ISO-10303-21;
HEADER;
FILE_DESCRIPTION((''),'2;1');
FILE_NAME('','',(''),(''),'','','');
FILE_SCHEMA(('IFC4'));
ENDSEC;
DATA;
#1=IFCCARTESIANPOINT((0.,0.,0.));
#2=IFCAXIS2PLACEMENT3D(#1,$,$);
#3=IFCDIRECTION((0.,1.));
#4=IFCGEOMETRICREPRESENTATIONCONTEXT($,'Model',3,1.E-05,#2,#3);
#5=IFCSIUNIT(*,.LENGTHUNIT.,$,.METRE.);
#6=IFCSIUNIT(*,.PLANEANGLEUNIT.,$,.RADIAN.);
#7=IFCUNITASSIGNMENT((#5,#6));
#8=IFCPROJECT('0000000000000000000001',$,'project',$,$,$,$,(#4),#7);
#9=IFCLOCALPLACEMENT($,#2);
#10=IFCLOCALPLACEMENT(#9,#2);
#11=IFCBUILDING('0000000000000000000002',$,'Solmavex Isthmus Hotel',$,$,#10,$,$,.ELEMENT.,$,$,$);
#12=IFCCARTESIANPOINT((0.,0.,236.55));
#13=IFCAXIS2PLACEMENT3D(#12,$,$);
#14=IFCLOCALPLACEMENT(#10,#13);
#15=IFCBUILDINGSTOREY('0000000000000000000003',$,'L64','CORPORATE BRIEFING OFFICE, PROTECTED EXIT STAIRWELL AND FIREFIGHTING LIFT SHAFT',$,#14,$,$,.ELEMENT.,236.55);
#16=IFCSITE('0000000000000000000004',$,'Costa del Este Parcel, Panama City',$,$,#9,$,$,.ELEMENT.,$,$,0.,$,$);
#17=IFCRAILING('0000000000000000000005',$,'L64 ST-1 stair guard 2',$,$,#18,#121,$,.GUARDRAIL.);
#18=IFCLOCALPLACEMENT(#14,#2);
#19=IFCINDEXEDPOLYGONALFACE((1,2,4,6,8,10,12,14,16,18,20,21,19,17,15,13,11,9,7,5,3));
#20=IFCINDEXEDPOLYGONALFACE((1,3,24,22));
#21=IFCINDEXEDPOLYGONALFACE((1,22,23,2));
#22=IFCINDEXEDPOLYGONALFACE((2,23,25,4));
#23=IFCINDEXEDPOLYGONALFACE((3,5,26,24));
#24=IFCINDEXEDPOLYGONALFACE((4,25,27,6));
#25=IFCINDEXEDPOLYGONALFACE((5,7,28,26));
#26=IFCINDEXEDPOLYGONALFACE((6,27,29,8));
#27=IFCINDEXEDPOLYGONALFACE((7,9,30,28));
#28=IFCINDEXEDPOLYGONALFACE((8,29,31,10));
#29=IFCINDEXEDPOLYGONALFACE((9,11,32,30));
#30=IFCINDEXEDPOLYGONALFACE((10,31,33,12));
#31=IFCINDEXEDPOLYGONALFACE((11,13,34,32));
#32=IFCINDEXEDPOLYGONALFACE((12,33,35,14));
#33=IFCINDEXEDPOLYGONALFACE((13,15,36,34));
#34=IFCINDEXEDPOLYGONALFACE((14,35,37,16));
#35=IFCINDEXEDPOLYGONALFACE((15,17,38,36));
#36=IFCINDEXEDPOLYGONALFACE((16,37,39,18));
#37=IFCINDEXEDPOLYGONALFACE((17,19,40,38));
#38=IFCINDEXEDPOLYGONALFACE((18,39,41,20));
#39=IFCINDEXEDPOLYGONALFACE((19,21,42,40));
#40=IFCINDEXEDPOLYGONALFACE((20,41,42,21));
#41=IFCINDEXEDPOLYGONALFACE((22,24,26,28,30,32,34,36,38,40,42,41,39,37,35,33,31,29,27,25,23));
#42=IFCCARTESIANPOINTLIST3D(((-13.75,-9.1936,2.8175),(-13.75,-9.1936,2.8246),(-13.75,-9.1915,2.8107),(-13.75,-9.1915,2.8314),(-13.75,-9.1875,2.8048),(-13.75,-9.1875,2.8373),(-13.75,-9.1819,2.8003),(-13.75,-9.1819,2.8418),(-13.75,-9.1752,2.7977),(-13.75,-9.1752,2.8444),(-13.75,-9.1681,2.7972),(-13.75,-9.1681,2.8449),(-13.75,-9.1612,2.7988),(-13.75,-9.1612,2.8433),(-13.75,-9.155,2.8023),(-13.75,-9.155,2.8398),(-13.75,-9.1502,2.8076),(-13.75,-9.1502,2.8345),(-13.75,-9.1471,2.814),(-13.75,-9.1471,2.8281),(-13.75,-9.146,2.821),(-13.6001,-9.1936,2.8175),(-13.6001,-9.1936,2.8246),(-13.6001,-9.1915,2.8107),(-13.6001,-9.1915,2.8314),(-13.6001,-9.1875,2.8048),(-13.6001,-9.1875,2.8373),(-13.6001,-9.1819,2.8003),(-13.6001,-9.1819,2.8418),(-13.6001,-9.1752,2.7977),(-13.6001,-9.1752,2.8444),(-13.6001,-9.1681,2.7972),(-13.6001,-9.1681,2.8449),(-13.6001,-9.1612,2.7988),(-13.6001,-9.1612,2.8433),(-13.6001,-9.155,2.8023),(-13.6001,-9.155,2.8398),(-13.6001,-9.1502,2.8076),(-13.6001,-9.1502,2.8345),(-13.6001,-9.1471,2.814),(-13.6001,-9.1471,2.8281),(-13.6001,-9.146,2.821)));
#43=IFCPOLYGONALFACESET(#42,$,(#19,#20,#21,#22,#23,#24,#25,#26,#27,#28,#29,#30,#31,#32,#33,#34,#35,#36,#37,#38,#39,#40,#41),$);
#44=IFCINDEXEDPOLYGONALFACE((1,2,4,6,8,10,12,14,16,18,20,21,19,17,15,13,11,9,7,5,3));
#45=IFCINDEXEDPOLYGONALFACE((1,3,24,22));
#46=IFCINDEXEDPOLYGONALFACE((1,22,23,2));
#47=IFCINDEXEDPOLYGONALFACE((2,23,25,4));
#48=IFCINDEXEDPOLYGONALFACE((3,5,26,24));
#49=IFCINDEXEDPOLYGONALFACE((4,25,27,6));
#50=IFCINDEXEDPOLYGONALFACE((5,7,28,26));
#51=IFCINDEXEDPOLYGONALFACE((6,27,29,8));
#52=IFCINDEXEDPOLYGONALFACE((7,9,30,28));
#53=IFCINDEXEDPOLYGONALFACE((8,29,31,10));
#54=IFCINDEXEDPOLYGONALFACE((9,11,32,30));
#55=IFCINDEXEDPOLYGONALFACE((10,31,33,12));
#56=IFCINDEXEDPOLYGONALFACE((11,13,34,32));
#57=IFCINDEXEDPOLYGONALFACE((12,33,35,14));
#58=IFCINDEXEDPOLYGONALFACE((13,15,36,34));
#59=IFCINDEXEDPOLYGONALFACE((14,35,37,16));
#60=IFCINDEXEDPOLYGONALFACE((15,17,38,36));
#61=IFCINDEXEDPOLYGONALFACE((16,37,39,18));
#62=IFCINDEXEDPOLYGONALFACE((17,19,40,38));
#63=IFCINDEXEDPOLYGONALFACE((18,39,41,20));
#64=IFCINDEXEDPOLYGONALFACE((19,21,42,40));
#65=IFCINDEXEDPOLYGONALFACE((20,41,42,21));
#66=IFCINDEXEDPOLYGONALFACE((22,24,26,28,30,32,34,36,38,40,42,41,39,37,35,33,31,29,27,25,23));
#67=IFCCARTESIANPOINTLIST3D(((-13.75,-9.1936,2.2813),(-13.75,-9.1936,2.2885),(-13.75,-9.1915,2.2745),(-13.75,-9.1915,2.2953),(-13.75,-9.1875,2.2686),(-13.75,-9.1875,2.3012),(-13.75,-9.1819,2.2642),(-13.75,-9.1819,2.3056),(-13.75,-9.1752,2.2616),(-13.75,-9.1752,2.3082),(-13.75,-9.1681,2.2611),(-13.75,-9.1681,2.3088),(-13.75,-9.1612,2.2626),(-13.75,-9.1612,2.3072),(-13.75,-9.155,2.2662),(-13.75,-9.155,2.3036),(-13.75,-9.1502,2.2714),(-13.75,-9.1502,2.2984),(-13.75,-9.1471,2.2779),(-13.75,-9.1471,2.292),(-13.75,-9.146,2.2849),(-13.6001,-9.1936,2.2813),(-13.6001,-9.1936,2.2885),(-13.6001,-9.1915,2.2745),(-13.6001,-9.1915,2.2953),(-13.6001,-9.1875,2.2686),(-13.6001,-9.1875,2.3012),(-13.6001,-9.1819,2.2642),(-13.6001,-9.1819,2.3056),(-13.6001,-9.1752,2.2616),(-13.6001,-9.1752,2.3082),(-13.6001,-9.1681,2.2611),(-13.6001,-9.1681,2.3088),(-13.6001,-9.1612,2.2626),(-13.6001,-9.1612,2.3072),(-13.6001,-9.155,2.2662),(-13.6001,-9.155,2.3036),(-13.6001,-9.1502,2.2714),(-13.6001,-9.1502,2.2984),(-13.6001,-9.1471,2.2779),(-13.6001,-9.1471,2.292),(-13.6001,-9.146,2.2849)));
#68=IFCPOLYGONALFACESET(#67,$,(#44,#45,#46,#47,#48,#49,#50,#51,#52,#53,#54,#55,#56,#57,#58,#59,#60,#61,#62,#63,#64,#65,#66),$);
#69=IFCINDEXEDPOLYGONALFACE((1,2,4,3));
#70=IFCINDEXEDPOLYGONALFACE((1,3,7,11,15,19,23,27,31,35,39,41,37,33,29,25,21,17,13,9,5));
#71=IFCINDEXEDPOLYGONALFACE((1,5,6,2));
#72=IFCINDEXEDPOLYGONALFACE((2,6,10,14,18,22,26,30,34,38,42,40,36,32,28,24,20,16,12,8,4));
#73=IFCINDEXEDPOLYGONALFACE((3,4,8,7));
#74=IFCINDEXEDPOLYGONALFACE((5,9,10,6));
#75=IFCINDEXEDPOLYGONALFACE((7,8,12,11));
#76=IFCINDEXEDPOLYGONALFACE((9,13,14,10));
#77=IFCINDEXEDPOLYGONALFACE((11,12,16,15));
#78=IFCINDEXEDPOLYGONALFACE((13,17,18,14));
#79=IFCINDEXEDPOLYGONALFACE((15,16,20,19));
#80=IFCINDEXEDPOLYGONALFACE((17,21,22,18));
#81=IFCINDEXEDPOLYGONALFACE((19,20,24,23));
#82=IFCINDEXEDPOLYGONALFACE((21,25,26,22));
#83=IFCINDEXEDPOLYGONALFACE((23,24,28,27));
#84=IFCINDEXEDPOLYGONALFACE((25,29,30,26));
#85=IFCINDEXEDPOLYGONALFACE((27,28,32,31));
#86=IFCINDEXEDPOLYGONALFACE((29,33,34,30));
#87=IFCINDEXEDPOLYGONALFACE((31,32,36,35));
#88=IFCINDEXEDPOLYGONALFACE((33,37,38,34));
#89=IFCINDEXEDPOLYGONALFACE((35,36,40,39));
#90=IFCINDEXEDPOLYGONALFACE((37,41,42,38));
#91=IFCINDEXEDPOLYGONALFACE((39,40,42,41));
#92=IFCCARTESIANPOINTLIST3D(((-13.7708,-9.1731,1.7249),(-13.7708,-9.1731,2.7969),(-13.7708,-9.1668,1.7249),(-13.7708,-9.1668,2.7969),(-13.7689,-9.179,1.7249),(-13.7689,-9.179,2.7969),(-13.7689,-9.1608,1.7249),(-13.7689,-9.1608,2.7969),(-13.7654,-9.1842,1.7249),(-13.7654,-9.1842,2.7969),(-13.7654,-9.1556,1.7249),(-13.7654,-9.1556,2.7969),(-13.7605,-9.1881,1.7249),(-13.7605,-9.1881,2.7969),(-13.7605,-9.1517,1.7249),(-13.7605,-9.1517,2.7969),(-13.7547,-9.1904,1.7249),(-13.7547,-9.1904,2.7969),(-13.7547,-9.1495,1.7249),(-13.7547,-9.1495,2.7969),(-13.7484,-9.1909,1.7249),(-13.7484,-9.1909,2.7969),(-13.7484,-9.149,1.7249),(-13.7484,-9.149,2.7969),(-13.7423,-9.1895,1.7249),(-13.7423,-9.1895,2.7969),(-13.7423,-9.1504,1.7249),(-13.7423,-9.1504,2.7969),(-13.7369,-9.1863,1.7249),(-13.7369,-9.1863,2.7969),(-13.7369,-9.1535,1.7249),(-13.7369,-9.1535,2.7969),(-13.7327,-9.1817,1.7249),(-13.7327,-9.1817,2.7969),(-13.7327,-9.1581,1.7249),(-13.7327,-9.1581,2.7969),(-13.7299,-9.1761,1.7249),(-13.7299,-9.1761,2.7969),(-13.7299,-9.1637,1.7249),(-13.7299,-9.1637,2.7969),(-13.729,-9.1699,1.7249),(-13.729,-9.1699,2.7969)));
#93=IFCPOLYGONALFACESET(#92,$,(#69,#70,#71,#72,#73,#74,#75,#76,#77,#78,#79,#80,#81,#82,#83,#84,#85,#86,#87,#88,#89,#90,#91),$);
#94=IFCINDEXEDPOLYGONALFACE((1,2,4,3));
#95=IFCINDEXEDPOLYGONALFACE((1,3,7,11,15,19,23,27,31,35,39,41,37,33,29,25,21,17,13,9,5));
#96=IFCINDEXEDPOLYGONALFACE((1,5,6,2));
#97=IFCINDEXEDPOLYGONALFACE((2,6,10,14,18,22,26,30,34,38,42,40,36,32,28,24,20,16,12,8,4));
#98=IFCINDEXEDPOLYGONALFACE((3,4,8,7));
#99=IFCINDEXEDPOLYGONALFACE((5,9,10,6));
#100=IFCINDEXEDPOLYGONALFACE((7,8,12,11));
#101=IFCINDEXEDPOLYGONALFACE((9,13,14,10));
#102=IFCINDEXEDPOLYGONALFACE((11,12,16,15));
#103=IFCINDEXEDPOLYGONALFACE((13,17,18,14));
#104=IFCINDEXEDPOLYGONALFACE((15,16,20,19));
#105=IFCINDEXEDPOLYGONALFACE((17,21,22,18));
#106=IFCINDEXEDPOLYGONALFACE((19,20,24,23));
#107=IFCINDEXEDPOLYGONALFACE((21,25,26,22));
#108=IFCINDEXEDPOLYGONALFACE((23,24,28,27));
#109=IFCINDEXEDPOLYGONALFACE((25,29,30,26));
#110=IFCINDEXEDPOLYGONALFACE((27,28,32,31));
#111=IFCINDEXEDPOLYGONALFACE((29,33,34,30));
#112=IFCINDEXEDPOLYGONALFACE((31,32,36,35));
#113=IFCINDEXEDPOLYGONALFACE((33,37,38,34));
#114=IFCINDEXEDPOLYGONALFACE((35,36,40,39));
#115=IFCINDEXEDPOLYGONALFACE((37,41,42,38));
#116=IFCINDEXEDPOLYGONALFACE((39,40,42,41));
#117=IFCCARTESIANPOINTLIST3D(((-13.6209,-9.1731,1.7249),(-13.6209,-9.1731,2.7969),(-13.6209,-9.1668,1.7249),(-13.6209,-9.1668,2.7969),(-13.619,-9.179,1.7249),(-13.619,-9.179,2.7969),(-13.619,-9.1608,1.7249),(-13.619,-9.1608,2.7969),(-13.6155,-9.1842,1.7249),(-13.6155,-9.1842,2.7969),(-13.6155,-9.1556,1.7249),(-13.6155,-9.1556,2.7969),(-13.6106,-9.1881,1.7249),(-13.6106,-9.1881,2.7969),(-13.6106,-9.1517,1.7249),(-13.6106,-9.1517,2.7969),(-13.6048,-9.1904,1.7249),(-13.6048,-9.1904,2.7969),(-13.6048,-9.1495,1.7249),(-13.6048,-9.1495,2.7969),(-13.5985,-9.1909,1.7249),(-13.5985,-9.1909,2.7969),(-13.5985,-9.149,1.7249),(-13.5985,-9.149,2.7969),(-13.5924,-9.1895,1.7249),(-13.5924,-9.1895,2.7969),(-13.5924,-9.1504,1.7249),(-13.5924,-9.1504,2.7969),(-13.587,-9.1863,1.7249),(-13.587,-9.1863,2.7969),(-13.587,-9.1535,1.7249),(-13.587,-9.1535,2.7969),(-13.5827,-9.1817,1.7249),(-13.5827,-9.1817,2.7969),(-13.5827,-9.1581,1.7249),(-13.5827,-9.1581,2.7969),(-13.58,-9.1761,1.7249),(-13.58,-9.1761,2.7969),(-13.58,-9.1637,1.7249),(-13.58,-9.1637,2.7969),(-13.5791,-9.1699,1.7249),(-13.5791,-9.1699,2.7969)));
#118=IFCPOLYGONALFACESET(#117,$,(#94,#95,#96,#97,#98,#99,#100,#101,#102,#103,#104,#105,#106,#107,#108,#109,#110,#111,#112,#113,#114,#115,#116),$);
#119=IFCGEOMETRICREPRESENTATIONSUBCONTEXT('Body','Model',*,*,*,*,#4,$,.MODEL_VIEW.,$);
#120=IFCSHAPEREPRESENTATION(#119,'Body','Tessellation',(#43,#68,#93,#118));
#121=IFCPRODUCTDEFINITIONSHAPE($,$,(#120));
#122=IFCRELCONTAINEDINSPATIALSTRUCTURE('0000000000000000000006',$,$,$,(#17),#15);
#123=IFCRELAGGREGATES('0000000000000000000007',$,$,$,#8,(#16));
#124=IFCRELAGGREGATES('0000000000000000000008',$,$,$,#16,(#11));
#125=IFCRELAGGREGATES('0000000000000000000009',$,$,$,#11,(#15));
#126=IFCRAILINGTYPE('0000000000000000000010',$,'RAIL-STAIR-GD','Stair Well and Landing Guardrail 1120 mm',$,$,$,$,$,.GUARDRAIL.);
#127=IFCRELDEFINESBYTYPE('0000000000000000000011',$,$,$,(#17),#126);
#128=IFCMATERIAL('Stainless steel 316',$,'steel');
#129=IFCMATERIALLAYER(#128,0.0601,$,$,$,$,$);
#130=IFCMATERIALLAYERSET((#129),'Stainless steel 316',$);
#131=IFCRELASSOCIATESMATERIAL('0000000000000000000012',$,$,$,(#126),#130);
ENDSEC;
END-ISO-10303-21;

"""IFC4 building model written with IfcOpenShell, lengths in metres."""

from ifc_helpers import new_model, si_unit, direction, frame, origin, origin_2d, place, context, subcontext, project, spatial, circle, extrude, material, layer, layer_set, type_object, element, save


model = new_model("IFC4")

# Units and contexts
model_context = context("Model", 3, precision=1e-05, world=origin(), true_north=direction((0.0, 1.0)))
body_context = subcontext(model_context, "Body", "Model", "MODEL_VIEW")
ifc_project = project(units=[si_unit("LENGTHUNIT", "METRE"), si_unit("PLANEANGLEUNIT", "RADIAN")], contexts=[model_context])

# Site, building, storey
site_placement = place(None, origin())
site = spatial("IfcSite", under=ifc_project, at=site_placement, Name="Costa del Este Parcel, Panama City", CompositionType="ELEMENT", RefElevation=0.0)
building_placement = place(site_placement, origin())
building = spatial("IfcBuilding", under=site, at=building_placement, Name="Solmavex Isthmus Hotel", CompositionType="ELEMENT")
storey_placement = place(building_placement, frame((0.0, 0.0, 236.55)))
storey = spatial("IfcBuildingStorey", under=building, at=storey_placement, Name="L64", Description="CORPORATE BRIEFING OFFICE, PROTECTED EXIT STAIRWELL AND FIREFIGHTING LIFT SHAFT", CompositionType="ELEMENT", Elevation=236.55)

# Shared definitions
ifc_material_1 = material(Name="Stainless steel 316", Category="steel")

# Railing
ifc_layer_1 = layer(ifc_material_1, 0.0601)
ifc_layer_set_1 = layer_set([ifc_layer_1], Name="Stainless steel 316")
railing_type_1 = type_object("IfcRailingType", Name="RAIL-STAIR-GD", Description="Stair Well and Landing Guardrail 1120 mm", PredefinedType="GUARDRAIL", material=ifc_layer_set_1)
railing_1_placement = place(storey_placement, frame((-13.75, -9.1699, 1.7249)))
element("IfcRailing", 1, at=railing_1_placement, inside=storey, type_object=railing_type_1, Name="L64 ST-1 stair guard 2", PredefinedType="GUARDRAIL", context=body_context, shape_type="SweptSolid", body=[
    extrude(circle(Radius=0.0239, at=origin_2d()), frame((0.0, 0.0, 1.0962), z_axis=(1.0, 0.0, 0.0), x_axis=(0.0, 1.0, 0.0)), (0.0, 0.0, 1.0), 0.1499),
    extrude(circle(Radius=0.0239, at=origin_2d()), frame((0.0, 0.0, 0.5601), z_axis=(1.0, 0.0, 0.0), x_axis=(0.0, 1.0, 0.0)), (0.0, 0.0, 1.0), 0.1499),
    extrude(circle(Radius=0.021, at=origin_2d()), origin(), (0.0, 0.0, 1.0), 1.072),
    extrude(circle(Radius=0.021, at=origin_2d()), frame((0.1499, 0.0, 0.0)), (0.0, 0.0, 1.0), 1.072),
])

save(model, "model.ifc")
